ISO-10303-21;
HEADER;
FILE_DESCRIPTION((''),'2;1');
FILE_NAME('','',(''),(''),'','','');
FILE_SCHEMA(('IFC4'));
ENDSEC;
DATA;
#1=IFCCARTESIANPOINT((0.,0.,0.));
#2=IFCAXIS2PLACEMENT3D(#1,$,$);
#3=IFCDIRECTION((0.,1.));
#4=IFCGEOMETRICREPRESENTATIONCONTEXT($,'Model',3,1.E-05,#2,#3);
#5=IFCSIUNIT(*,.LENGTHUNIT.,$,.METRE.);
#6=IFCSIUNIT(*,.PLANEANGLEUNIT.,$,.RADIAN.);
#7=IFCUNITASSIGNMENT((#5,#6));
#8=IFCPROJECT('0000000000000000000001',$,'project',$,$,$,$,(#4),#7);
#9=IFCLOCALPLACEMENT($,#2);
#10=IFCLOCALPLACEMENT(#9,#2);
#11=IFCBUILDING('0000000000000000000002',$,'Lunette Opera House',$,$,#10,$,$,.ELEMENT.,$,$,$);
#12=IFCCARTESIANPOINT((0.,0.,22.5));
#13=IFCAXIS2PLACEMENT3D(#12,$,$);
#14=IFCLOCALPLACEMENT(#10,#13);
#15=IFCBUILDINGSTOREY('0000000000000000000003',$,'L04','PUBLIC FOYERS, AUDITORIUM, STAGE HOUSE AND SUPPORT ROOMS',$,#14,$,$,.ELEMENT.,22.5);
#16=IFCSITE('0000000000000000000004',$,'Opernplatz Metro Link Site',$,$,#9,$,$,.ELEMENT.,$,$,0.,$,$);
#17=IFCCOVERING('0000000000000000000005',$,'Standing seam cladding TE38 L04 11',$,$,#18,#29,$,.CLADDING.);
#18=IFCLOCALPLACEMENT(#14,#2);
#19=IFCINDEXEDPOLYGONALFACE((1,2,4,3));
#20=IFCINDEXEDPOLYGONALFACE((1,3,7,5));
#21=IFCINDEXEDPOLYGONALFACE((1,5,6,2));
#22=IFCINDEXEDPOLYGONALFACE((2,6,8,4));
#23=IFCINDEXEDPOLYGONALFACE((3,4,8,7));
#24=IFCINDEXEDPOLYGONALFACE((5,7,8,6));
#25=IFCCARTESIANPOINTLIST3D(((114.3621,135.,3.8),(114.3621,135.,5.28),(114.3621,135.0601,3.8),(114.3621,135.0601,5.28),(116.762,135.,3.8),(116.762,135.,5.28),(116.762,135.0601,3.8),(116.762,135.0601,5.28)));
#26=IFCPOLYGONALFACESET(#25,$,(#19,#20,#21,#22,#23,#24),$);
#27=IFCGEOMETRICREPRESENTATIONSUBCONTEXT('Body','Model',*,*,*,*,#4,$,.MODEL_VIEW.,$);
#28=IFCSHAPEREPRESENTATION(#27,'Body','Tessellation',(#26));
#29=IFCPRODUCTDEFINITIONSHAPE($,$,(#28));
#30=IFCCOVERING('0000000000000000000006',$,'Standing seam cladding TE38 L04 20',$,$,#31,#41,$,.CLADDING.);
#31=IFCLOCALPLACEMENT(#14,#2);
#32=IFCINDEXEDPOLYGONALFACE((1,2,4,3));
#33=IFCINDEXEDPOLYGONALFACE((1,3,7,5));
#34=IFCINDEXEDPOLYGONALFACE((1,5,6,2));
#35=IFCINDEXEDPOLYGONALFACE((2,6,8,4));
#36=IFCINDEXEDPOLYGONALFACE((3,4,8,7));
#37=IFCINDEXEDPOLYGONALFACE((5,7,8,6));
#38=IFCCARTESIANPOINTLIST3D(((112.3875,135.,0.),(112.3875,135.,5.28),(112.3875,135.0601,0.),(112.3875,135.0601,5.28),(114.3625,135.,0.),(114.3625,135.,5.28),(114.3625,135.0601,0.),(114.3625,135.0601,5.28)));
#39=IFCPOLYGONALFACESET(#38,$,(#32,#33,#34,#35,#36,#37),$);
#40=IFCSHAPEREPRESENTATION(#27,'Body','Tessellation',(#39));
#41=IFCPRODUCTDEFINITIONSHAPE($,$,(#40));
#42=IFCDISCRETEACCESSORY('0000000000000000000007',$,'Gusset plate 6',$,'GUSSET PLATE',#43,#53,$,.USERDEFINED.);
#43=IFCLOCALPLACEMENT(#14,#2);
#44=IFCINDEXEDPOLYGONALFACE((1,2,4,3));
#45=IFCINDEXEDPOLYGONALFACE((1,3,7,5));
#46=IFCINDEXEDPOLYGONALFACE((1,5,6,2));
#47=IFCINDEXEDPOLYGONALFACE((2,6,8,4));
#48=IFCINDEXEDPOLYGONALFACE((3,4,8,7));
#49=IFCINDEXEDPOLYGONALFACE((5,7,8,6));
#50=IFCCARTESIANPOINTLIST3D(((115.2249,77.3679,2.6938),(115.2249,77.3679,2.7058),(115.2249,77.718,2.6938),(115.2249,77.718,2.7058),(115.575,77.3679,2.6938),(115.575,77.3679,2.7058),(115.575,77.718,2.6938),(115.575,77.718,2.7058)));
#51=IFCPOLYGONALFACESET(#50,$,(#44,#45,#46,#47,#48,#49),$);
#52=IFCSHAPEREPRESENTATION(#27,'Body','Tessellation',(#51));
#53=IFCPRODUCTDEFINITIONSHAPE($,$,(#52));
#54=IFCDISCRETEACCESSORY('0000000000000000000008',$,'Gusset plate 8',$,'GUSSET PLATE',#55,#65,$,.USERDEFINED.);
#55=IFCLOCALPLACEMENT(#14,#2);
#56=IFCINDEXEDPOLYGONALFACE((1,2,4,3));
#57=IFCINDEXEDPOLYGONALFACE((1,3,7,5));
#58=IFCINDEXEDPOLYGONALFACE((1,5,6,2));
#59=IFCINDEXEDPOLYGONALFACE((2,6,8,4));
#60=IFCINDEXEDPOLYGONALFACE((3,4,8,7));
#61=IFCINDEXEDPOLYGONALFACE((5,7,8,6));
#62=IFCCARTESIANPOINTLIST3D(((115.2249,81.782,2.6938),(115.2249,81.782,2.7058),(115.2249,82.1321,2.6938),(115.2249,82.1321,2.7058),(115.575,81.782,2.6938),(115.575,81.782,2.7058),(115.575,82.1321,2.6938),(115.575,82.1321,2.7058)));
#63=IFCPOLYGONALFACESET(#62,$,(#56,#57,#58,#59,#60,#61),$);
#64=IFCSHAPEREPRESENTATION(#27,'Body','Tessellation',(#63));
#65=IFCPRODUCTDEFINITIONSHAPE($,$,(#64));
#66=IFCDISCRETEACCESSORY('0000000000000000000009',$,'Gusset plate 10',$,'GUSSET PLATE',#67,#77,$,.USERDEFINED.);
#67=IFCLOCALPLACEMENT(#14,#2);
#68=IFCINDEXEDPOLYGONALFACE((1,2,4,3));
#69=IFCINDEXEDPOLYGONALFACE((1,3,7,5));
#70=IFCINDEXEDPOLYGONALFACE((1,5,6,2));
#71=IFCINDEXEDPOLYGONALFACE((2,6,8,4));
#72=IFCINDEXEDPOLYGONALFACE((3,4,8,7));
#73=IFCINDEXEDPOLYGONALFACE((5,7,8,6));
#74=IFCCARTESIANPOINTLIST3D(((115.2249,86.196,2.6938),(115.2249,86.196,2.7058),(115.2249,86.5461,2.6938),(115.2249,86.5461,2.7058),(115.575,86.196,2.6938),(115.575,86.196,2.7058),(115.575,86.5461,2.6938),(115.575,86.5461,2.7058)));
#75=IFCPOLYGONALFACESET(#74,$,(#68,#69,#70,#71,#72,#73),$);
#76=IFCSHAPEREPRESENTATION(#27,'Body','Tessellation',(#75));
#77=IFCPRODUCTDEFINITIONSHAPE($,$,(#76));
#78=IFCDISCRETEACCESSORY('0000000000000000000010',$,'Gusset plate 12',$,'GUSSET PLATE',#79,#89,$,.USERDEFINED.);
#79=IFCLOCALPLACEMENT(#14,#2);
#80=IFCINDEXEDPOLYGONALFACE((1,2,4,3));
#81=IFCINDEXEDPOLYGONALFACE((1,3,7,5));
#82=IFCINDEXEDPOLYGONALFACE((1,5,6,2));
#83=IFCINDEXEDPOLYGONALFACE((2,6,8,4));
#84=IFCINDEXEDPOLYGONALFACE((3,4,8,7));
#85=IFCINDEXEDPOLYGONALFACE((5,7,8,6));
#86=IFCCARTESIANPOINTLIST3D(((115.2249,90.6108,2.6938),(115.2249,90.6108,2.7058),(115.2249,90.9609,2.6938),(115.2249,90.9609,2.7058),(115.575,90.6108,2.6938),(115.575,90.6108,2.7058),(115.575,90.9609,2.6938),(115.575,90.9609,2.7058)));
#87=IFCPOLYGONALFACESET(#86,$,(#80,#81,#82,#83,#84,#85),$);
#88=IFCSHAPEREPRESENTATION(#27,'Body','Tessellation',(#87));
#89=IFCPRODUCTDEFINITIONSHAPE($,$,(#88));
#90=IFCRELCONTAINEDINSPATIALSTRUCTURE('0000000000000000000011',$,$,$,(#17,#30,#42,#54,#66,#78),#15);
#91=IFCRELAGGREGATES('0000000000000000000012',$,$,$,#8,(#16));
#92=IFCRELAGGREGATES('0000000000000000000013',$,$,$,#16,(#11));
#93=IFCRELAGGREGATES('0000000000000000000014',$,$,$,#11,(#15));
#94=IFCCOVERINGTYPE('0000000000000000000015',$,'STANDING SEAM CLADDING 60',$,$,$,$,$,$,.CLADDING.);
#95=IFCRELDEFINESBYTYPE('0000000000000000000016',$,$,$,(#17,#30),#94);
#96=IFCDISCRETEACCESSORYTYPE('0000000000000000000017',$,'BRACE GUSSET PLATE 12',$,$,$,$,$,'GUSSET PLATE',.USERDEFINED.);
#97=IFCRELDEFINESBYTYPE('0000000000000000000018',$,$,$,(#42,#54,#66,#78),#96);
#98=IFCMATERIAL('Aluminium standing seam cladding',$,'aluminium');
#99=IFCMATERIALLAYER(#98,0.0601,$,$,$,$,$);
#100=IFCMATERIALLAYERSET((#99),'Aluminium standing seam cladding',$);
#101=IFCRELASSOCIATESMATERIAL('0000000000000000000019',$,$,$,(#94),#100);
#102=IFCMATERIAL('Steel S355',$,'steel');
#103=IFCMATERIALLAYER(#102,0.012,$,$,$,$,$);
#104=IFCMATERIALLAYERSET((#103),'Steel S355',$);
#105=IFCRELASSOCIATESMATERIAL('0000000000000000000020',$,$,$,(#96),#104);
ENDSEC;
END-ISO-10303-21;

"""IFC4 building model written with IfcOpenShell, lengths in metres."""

from ifc_helpers import new_model, si_unit, direction, frame, origin, origin_2d, place, context, subcontext, project, spatial, rectangle, extrude, material, layer, layer_set, type_object, element, save


model = new_model("IFC4")

# Units and contexts
model_context = context("Model", 3, precision=1e-05, world=origin(), true_north=direction((0.0, 1.0)))
body_context = subcontext(model_context, "Body", "Model", "MODEL_VIEW")
ifc_project = project(units=[si_unit("LENGTHUNIT", "METRE"), si_unit("PLANEANGLEUNIT", "RADIAN")], contexts=[model_context])

# Site, building, storey
site_placement = place(None, origin())
site = spatial("IfcSite", under=ifc_project, at=site_placement, Name="Opernplatz Metro Link Site", CompositionType="ELEMENT", RefElevation=0.0)
building_placement = place(site_placement, origin())
building = spatial("IfcBuilding", under=site, at=building_placement, Name="Lunette Opera House", CompositionType="ELEMENT")
storey_placement = place(building_placement, frame((0.0, 0.0, 22.5)))
storey = spatial("IfcBuildingStorey", under=building, at=storey_placement, Name="L04", Description="PUBLIC FOYERS, AUDITORIUM, STAGE HOUSE AND SUPPORT ROOMS", CompositionType="ELEMENT", Elevation=22.5)

# Coverings
ifc_material_1 = material(Name="Aluminium standing seam cladding", Category="aluminium")
ifc_layer_1 = layer(ifc_material_1, 0.0601)
ifc_layer_set_1 = layer_set([ifc_layer_1], Name="Aluminium standing seam cladding")
covering_type_1 = type_object("IfcCoveringType", Name="STANDING SEAM CLADDING 60", PredefinedType="CLADDING", material=ifc_layer_set_1)
covering_1_placement = place(storey_placement, frame((115.562, 135.03, 3.8), z_axis=(0.0, 0.0, 1.0), x_axis=(-1.0, 0.0, 0.0)))
element("IfcCovering", 1, at=covering_1_placement, inside=storey, type_object=covering_type_1, Name="Standing seam cladding TE38 L04 11", PredefinedType="CLADDING", context=body_context, shape_type="SweptSolid", body=[
    extrude(rectangle(XDim=2.3999, YDim=0.0601, at=origin_2d()), origin(), (0.0, 0.0, 1.0), 1.48),
])
covering_2_placement = place(storey_placement, frame((113.375, 135.03, 0.0), z_axis=(0.0, 0.0, 1.0), x_axis=(-1.0, 0.0, 0.0)))
element("IfcCovering", 2, at=covering_2_placement, inside=storey, type_object=covering_type_1, Name="Standing seam cladding TE38 L04 20", PredefinedType="CLADDING", context=body_context, shape_type="SweptSolid", body=[
    extrude(rectangle(XDim=1.9751, YDim=0.0601, at=origin_2d()), origin(), (0.0, 0.0, 1.0), 5.28),
])

# Discrete accessories
ifc_material_2 = material(Name="Steel S355", Category="steel")
ifc_layer_2 = layer(ifc_material_2, 0.012)
ifc_layer_set_2 = layer_set([ifc_layer_2], Name="Steel S355")
discrete_accessory_type = type_object("IfcDiscreteAccessoryType", Name="BRACE GUSSET PLATE 12", ElementType="GUSSET PLATE", PredefinedType="USERDEFINED", material=ifc_layer_set_2)
for number, where, z_axis, x_axis, name in (
    (3, (115.3999, 77.543, 2.6938), (0.0, 0.0, 1.0), (1.0, 0.0, 0.0), "Gusset plate 6"),
    (4, (115.3999, 81.957, 2.6938), (0.0, 0.0, 1.0), (1.0, 0.0, 0.0), "Gusset plate 8"),
    (5, (115.3999, 86.3711, 2.6938), (0.0, 0.0, 1.0), (1.0, 0.0, 0.0), "Gusset plate 10"),
    (6, (115.3999, 90.7859, 2.6938), (0.0, 0.0, 1.0), (1.0, 0.0, 0.0), "Gusset plate 12"),
):
    element("IfcDiscreteAccessory", number, at=place(storey_placement, frame(where, z_axis=z_axis, x_axis=x_axis)), inside=storey, type_object=discrete_accessory_type, Name=name, ObjectType="GUSSET PLATE", PredefinedType="USERDEFINED", context=body_context, shape_type="SweptSolid", body=[
        extrude(rectangle(XDim=0.3501, YDim=0.3501, at=origin_2d()), origin(), (0.0, 0.0, 1.0), 0.012),
    ])

save(model, "model.ifc")
